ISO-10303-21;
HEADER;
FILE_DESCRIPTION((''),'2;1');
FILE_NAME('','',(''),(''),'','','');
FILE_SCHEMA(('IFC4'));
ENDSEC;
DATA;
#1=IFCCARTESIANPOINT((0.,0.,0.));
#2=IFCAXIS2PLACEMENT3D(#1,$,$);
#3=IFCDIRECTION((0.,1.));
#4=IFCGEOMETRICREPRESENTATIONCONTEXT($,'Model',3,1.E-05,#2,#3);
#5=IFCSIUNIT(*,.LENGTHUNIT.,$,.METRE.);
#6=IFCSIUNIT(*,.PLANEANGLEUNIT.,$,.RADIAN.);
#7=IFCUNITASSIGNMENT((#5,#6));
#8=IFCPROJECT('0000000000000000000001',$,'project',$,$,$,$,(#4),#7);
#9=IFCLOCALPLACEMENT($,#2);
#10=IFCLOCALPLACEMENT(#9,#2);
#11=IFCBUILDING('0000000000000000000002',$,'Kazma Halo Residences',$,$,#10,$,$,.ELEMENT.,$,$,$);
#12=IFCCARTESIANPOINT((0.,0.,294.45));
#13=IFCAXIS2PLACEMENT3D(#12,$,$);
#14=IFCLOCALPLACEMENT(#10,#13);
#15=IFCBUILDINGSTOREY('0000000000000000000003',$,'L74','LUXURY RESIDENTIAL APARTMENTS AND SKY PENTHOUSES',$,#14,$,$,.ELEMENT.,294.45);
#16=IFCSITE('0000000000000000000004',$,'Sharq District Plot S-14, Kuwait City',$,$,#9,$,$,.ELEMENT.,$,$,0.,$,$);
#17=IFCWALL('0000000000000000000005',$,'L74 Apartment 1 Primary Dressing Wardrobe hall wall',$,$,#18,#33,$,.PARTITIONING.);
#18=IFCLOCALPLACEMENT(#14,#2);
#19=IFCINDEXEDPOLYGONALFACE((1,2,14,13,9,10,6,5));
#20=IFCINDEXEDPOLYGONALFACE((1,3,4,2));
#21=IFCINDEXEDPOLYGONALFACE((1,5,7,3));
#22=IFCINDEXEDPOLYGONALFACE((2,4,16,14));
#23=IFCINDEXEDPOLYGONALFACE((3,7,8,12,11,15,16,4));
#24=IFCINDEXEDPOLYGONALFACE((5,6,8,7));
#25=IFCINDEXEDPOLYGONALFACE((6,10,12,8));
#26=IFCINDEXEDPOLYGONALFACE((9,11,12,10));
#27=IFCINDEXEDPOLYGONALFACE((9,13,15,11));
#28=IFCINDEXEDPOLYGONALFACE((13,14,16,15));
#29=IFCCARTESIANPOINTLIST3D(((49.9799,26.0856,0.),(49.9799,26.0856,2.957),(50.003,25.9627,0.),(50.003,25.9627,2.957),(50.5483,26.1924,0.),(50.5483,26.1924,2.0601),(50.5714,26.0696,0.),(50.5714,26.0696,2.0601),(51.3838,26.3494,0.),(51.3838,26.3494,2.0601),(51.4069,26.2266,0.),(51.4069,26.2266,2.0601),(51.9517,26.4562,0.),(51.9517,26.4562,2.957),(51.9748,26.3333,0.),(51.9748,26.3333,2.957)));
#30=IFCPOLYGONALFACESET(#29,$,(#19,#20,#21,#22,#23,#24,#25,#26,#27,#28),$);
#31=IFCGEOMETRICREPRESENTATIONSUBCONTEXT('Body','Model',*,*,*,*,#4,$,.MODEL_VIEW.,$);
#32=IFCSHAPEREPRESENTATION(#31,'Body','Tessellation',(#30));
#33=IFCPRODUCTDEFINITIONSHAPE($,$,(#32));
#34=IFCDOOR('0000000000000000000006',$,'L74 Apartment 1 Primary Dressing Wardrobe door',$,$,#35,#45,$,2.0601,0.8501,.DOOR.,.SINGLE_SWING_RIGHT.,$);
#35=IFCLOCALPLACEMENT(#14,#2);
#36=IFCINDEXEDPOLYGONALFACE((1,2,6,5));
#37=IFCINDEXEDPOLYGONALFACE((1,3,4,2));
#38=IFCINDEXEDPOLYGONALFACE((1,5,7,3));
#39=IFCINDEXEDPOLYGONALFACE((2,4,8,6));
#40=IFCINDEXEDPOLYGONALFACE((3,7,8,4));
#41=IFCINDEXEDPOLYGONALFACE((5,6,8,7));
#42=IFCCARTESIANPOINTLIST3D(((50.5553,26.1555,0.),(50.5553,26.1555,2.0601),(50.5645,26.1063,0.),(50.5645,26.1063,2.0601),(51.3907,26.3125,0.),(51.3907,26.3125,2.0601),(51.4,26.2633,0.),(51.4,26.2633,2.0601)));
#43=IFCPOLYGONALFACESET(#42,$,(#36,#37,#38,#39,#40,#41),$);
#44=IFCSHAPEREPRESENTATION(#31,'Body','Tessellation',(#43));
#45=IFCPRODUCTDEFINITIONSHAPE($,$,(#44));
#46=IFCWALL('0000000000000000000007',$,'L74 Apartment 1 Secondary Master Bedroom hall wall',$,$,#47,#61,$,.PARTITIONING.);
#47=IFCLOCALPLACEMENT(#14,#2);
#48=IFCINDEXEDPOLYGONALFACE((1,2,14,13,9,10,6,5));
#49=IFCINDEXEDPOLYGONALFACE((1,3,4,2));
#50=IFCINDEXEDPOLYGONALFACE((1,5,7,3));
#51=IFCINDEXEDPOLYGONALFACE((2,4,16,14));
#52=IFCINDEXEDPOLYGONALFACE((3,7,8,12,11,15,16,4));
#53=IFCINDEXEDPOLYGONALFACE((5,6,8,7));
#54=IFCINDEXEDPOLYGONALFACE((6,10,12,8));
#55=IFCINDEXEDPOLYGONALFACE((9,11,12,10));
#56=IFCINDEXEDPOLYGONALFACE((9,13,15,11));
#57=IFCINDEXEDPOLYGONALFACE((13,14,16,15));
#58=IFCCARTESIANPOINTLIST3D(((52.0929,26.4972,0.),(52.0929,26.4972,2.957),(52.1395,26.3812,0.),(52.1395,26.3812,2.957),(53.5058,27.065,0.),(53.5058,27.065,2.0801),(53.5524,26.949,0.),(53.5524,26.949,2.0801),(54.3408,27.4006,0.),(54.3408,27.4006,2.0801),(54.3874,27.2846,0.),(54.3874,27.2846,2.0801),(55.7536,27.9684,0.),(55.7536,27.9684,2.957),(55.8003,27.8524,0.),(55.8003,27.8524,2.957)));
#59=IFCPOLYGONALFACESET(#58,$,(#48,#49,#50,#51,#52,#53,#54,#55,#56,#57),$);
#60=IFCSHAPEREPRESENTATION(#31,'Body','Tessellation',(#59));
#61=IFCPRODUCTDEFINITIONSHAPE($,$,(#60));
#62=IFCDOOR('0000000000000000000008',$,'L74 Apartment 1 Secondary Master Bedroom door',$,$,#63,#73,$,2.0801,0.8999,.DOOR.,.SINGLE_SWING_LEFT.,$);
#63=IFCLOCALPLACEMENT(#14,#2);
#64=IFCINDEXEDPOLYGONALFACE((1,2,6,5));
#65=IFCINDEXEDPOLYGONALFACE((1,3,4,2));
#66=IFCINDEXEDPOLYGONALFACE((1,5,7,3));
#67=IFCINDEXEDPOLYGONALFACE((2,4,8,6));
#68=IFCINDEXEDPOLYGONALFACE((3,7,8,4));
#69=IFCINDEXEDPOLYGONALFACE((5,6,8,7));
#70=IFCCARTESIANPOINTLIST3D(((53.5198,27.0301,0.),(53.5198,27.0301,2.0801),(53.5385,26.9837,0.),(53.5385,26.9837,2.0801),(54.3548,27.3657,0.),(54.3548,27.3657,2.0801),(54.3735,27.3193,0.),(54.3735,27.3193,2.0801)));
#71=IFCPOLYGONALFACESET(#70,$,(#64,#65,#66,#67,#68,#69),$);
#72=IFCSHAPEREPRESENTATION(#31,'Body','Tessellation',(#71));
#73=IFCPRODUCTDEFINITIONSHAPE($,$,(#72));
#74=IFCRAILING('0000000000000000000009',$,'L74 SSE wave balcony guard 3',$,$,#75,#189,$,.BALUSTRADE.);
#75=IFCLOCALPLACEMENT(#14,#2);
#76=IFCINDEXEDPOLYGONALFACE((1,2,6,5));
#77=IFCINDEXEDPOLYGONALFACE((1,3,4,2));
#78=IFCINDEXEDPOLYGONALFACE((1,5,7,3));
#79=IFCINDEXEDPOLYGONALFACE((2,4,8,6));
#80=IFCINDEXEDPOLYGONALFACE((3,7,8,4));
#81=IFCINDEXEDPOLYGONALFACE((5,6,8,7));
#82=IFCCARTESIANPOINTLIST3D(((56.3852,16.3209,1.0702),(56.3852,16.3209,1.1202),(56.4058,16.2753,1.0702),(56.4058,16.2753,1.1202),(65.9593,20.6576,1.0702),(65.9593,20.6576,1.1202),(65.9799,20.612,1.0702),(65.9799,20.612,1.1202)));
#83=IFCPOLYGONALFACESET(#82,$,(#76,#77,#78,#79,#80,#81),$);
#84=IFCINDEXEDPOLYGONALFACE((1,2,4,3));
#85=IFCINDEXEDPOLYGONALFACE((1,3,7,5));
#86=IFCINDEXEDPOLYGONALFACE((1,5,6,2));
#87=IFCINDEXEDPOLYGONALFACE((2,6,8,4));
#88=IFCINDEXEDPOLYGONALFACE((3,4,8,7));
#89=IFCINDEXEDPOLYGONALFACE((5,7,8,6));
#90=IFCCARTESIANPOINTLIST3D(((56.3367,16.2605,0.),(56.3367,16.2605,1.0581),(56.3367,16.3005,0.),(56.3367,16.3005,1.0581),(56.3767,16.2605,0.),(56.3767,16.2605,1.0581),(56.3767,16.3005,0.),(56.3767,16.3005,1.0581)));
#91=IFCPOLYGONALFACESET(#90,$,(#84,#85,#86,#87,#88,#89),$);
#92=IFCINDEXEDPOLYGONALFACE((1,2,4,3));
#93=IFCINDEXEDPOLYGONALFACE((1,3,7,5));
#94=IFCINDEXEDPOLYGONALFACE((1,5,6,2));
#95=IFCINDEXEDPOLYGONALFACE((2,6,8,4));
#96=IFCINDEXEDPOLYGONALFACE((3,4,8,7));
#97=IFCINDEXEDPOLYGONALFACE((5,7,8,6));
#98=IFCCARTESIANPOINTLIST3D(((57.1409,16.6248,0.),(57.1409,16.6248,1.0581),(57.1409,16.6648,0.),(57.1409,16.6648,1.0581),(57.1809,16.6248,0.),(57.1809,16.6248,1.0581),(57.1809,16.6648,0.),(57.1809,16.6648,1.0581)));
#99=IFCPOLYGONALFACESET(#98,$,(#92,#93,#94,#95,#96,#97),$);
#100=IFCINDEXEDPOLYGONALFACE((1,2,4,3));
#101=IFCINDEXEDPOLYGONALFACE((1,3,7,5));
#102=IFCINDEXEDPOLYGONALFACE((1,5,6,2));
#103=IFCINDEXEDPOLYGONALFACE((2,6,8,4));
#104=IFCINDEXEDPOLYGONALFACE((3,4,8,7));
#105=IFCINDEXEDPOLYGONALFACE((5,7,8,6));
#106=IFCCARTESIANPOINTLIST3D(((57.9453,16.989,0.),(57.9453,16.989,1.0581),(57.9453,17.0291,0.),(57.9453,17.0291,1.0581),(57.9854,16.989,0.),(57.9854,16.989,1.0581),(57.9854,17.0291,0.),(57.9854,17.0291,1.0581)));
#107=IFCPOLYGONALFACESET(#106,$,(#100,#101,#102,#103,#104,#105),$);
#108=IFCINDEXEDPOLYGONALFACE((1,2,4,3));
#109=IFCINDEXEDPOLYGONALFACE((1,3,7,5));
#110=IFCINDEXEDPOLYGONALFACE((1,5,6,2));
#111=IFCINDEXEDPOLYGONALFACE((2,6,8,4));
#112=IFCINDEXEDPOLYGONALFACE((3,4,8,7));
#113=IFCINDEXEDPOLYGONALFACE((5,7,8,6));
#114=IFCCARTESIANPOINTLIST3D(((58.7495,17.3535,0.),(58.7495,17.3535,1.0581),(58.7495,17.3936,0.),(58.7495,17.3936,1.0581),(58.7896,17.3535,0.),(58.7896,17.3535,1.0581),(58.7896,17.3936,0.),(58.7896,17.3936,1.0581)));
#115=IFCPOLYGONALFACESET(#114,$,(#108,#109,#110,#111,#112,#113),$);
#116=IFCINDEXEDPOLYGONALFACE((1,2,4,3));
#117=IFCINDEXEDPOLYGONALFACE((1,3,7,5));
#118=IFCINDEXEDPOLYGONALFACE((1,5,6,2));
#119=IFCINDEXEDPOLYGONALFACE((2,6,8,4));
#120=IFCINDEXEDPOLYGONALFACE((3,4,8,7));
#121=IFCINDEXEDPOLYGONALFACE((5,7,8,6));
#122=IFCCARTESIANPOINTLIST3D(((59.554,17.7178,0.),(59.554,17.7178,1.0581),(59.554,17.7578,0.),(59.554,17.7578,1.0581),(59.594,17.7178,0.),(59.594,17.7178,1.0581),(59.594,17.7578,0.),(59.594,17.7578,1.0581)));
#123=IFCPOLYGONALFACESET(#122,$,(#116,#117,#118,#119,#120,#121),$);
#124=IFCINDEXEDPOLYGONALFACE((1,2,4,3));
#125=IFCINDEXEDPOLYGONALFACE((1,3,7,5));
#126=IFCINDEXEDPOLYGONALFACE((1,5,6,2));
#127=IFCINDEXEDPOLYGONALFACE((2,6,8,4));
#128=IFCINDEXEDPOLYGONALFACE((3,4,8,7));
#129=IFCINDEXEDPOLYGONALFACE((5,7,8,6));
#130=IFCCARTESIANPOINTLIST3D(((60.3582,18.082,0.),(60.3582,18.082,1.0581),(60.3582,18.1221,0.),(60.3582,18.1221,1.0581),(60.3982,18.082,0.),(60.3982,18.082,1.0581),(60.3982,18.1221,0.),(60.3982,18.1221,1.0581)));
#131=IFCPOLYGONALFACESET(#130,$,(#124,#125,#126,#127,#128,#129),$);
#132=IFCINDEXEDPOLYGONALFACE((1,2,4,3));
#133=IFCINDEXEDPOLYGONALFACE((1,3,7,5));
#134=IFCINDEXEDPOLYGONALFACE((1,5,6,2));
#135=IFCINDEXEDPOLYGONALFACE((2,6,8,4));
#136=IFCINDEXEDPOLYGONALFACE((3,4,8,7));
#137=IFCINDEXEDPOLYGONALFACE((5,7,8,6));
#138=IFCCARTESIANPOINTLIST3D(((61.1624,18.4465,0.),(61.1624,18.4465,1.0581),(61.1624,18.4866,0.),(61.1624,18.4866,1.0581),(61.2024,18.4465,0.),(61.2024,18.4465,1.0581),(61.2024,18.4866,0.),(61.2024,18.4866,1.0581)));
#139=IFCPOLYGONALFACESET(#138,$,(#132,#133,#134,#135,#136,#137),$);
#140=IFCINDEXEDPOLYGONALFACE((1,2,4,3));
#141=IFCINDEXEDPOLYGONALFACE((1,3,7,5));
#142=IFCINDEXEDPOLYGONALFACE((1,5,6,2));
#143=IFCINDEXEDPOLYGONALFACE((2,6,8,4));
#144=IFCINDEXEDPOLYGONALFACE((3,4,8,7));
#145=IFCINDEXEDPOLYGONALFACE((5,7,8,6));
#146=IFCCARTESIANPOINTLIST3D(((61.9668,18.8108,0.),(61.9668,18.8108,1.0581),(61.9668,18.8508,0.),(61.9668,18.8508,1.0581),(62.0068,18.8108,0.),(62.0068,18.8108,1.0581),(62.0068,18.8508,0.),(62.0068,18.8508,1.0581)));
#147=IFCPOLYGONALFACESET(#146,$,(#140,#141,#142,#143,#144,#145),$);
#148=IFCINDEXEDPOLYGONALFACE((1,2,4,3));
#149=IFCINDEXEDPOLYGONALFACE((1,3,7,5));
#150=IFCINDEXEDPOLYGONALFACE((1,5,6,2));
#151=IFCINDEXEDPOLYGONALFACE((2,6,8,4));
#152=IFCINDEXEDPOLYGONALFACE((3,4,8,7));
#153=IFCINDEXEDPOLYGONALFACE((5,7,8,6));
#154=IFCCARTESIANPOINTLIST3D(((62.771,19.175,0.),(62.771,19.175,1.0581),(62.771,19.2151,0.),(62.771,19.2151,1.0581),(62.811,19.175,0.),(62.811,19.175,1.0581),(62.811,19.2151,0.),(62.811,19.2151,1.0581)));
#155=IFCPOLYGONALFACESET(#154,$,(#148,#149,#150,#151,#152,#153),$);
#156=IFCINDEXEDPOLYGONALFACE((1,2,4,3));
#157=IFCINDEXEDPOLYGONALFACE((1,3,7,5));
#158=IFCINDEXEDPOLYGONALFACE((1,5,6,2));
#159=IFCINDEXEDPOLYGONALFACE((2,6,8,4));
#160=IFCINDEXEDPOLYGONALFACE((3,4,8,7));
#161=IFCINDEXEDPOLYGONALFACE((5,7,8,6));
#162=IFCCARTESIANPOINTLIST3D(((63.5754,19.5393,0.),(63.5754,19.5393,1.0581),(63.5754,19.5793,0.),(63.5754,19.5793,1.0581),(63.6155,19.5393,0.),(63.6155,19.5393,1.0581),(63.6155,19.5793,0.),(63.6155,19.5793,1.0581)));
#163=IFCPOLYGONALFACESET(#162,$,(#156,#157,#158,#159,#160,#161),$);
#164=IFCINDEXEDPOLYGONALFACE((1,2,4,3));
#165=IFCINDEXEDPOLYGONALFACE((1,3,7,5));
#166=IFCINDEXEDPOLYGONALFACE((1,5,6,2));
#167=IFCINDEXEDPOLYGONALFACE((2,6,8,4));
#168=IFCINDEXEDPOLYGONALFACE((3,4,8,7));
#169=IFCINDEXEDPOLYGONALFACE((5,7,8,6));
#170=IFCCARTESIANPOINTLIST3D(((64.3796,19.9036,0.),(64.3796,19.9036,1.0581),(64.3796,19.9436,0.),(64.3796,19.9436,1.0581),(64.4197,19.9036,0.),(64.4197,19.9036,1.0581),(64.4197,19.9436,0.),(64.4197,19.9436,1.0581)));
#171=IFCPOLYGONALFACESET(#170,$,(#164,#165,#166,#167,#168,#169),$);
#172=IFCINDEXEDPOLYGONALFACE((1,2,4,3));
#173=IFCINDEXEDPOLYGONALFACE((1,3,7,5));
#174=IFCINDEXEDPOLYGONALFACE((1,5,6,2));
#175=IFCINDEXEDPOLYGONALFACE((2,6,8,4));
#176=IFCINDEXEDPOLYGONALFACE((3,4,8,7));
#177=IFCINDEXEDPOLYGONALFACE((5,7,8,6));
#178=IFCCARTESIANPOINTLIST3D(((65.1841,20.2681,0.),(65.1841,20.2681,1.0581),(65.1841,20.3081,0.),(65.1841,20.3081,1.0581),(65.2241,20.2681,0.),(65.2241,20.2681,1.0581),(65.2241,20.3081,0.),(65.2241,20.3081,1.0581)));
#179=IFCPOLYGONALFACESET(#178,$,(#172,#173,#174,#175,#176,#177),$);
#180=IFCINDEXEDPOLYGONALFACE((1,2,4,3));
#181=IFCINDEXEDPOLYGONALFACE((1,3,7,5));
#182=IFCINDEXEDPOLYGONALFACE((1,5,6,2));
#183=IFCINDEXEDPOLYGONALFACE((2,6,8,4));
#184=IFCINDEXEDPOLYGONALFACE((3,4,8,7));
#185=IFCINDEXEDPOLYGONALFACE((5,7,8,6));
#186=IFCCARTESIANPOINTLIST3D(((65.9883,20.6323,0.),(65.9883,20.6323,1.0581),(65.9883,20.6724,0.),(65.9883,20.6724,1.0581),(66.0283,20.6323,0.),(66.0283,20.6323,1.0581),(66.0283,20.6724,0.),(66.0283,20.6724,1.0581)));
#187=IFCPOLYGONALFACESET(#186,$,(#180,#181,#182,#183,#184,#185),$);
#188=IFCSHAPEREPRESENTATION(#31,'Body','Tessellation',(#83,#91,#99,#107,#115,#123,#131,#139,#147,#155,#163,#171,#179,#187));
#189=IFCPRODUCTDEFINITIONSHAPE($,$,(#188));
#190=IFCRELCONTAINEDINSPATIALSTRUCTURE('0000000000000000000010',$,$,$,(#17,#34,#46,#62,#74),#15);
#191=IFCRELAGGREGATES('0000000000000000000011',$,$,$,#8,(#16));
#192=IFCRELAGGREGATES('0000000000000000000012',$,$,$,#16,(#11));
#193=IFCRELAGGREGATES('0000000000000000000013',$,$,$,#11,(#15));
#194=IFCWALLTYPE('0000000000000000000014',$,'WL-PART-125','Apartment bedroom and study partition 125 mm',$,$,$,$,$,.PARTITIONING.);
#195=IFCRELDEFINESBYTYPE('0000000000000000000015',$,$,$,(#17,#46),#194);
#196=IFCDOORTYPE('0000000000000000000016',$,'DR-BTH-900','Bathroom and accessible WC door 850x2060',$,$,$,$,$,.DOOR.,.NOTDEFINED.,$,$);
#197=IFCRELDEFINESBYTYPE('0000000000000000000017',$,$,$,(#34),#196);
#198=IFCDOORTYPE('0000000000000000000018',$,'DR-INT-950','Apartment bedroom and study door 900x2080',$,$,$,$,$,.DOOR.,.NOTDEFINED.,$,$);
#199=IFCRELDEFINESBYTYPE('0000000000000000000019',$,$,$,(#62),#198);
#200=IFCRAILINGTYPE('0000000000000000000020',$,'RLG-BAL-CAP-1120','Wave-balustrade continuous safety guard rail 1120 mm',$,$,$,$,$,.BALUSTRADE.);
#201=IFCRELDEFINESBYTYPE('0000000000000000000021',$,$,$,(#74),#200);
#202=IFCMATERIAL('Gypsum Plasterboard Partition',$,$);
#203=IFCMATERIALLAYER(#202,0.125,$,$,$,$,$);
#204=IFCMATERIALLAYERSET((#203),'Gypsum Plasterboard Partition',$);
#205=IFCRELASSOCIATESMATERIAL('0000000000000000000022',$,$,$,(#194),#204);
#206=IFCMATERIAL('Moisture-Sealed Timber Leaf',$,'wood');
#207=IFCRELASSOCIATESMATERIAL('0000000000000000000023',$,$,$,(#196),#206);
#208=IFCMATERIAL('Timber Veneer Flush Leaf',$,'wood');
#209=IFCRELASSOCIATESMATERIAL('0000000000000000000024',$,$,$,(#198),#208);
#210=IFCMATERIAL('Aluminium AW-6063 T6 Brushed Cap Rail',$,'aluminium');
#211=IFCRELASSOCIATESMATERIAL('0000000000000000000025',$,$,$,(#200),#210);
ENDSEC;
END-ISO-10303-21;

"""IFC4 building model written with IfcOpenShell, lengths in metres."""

from ifc_helpers import new_model, si_unit, direction, frame, frame_2d, origin, origin_2d, place, context, subcontext, project, spatial, rectangle, extrude, material, layer, layer_set, type_object, element, fill, save


model = new_model("IFC4")

# Units and contexts
model_context = context("Model", 3, precision=1e-05, world=origin(), true_north=direction((0.0, 1.0)))
body_context = subcontext(model_context, "Body", "Model", "MODEL_VIEW")
ifc_project = project(units=[si_unit("LENGTHUNIT", "METRE"), si_unit("PLANEANGLEUNIT", "RADIAN")], contexts=[model_context])

# Site, building, storey
site_placement = place(None, origin())
site = spatial("IfcSite", under=ifc_project, at=site_placement, Name="Sharq District Plot S-14, Kuwait City", CompositionType="ELEMENT", RefElevation=0.0)
building_placement = place(site_placement, origin())
building = spatial("IfcBuilding", under=site, at=building_placement, Name="Kazma Halo Residences", CompositionType="ELEMENT")
storey_placement = place(building_placement, frame((0.0, 0.0, 294.45)))
storey = spatial("IfcBuildingStorey", under=building, at=storey_placement, Name="L74", Description="LUXURY RESIDENTIAL APARTMENTS AND SKY PENTHOUSES", CompositionType="ELEMENT", Elevation=294.45)

# Shared definitions
ifc_material_1 = material(Name="Gypsum Plasterboard Partition")
ifc_layer_1 = layer(ifc_material_1, 0.125)
ifc_layer_set_1 = layer_set([ifc_layer_1], Name="Gypsum Plasterboard Partition")
wall_type_1 = type_object("IfcWallType", Name="WL-PART-125", Description="Apartment bedroom and study partition 125 mm", PredefinedType="PARTITIONING", material=ifc_layer_set_1)

# Walls, openings, doors
wall_1_placement = place(storey_placement, frame((49.9915, 26.0242, 0.0), z_axis=(0.0, 0.0, 1.0), x_axis=(0.982794, 0.184707, 0.0)))
wall_1 = element("IfcWall", 1, at=wall_1_placement, inside=storey, type_object=wall_type_1, Name="L74 Apartment 1 Primary Dressing Wardrobe hall wall", PredefinedType="PARTITIONING", context=body_context, shape_type="SweptSolid", body=[
    extrude(rectangle(XDim=2.0063, YDim=0.125, at=frame_2d((1.0032, 0.0))), origin(), (0.0, 0.0, 1.0), 2.957),
])
opening_1_placement = place(wall_1_placement, frame((0.5784, 0.0, 0.0)))
opening_1 = element("IfcOpeningElement", 2, at=opening_1_placement, cuts=wall_1, PredefinedType="OPENING", context=body_context, shape_type="SweptSolid", body=[
    extrude(rectangle(XDim=0.8501, YDim=2.0601, at=frame_2d((0.425, 1.03))), frame((0.0, 0.0725, 0.0), z_axis=(0.0, -1.0, 0.0), x_axis=(1.0, 0.0, 0.0)), (0.0, 0.0, 1.0), 0.145),
])
ifc_material_2 = material(Name="Moisture-Sealed Timber Leaf", Category="wood")
door_type_1 = type_object("IfcDoorType", Name="DR-BTH-900", Description="Bathroom and accessible WC door 850x2060", OperationType="NOTDEFINED", PredefinedType="DOOR", material=ifc_material_2)
door_1_placement = place(opening_1_placement, origin())
door_1 = element("IfcDoor", 3, at=door_1_placement, inside=storey, type_object=door_type_1, Name="L74 Apartment 1 Primary Dressing Wardrobe door", OperationType="SINGLE_SWING_RIGHT", OverallHeight=2.0601, OverallWidth=0.8501, PredefinedType="DOOR", context=body_context, shape_type="SweptSolid", body=[
    extrude(rectangle(XDim=0.8501, YDim=2.0601, at=frame_2d((0.425, 1.03))), frame((0.0, 0.0249, 0.0), z_axis=(0.0, -1.0, 0.0), x_axis=(1.0, 0.0, 0.0)), (0.0, 0.0, 1.0), 0.05),
])
fill(opening_1, door_1)
wall_2_placement = place(storey_placement, frame((52.1162, 26.4392, 0.0), z_axis=(0.0, 0.0, 1.0), x_axis=(0.927869, 0.372905, 0.0)))
wall_2 = element("IfcWall", 4, at=wall_2_placement, inside=storey, type_object=wall_type_1, Name="L74 Apartment 1 Secondary Master Bedroom hall wall", PredefinedType="PARTITIONING", context=body_context, shape_type="SweptSolid", body=[
    extrude(rectangle(XDim=3.9453, YDim=0.125, at=frame_2d((1.9727, 0.0))), origin(), (0.0, 0.0, 1.0), 2.957),
])
opening_2_placement = place(wall_2_placement, frame((1.5227, 0.0, 0.0)))
opening_2 = element("IfcOpeningElement", 5, at=opening_2_placement, cuts=wall_2, PredefinedType="OPENING", context=body_context, shape_type="SweptSolid", body=[
    extrude(rectangle(XDim=0.8999, YDim=2.0801, at=frame_2d((0.45, 1.04))), frame((0.0, 0.0725, 0.0), z_axis=(0.0, -1.0, 0.0), x_axis=(1.0, 0.0, 0.0)), (0.0, 0.0, 1.0), 0.145),
])
ifc_material_3 = material(Name="Timber Veneer Flush Leaf", Category="wood")
door_type_2 = type_object("IfcDoorType", Name="DR-INT-950", Description="Apartment bedroom and study door 900x2080", OperationType="NOTDEFINED", PredefinedType="DOOR", material=ifc_material_3)
door_2_placement = place(opening_2_placement, origin())
door_2 = element("IfcDoor", 6, at=door_2_placement, inside=storey, type_object=door_type_2, Name="L74 Apartment 1 Secondary Master Bedroom door", OperationType="SINGLE_SWING_LEFT", OverallHeight=2.0801, OverallWidth=0.8999, PredefinedType="DOOR", context=body_context, shape_type="SweptSolid", body=[
    extrude(rectangle(XDim=0.8999, YDim=2.0801, at=frame_2d((0.45, 1.04))), frame((0.0, 0.0249, 0.0), z_axis=(0.0, -1.0, 0.0), x_axis=(1.0, 0.0, 0.0)), (0.0, 0.0, 1.0), 0.05),
])
fill(opening_2, door_2)

# Railing
ifc_material_4 = material(Name="Aluminium AW-6063 T6 Brushed Cap Rail", Category="aluminium")
railing_type_1 = type_object("IfcRailingType", Name="RLG-BAL-CAP-1120", Description="Wave-balustrade continuous safety guard rail 1120 mm", PredefinedType="BALUSTRADE", material=ifc_material_4)
railing_1_placement = place(storey_placement, frame((56.3567, 16.2805, 0.0)))
element("IfcRailing", 7, at=railing_1_placement, inside=storey, type_object=railing_type_1, Name="L74 SSE wave balcony guard 3", PredefinedType="BALUSTRADE", context=body_context, shape_type="SweptSolid", body=[
    extrude(rectangle(XDim=0.05, YDim=0.05, at=origin_2d()), frame((0.0388, 0.0176, 1.0952), z_axis=(0.910909, 0.412608, 0.0), x_axis=(-0.412608, 0.910909, 0.0)), (0.0, 0.0, 1.0), 10.5105),
    extrude(rectangle(XDim=0.04, YDim=0.04, at=origin_2d()), origin(), (0.0, 0.0, 1.0), 1.0581),
    extrude(rectangle(XDim=0.04, YDim=0.04, at=origin_2d()), frame((0.8042, 0.3643, 0.0)), (0.0, 0.0, 1.0), 1.0581),
    extrude(rectangle(XDim=0.04, YDim=0.04, at=origin_2d()), frame((1.6086, 0.7285, 0.0)), (0.0, 0.0, 1.0), 1.0581),
    extrude(rectangle(XDim=0.04, YDim=0.04, at=origin_2d()), frame((2.4128, 1.093, 0.0)), (0.0, 0.0, 1.0), 1.0581),
    extrude(rectangle(XDim=0.04, YDim=0.04, at=origin_2d()), frame((3.2173, 1.4573, 0.0)), (0.0, 0.0, 1.0), 1.0581),
    extrude(rectangle(XDim=0.04, YDim=0.04, at=origin_2d()), frame((4.0215, 1.8215, 0.0)), (0.0, 0.0, 1.0), 1.0581),
    extrude(rectangle(XDim=0.04, YDim=0.04, at=origin_2d()), frame((4.8257, 2.186, 0.0)), (0.0, 0.0, 1.0), 1.0581),
    extrude(rectangle(XDim=0.04, YDim=0.04, at=origin_2d()), frame((5.6301, 2.5503, 0.0)), (0.0, 0.0, 1.0), 1.0581),
    extrude(rectangle(XDim=0.04, YDim=0.04, at=origin_2d()), frame((6.4343, 2.9146, 0.0)), (0.0, 0.0, 1.0), 1.0581),
    extrude(rectangle(XDim=0.04, YDim=0.04, at=origin_2d()), frame((7.2388, 3.2788, 0.0)), (0.0, 0.0, 1.0), 1.0581),
    extrude(rectangle(XDim=0.04, YDim=0.04, at=origin_2d()), frame((8.043, 3.6431, 0.0)), (0.0, 0.0, 1.0), 1.0581),
    extrude(rectangle(XDim=0.04, YDim=0.04, at=origin_2d()), frame((8.8474, 4.0076, 0.0)), (0.0, 0.0, 1.0), 1.0581),
    extrude(rectangle(XDim=0.04, YDim=0.04, at=origin_2d()), frame((9.6516, 4.3718, 0.0)), (0.0, 0.0, 1.0), 1.0581),
])

save(model, "model.ifc")
